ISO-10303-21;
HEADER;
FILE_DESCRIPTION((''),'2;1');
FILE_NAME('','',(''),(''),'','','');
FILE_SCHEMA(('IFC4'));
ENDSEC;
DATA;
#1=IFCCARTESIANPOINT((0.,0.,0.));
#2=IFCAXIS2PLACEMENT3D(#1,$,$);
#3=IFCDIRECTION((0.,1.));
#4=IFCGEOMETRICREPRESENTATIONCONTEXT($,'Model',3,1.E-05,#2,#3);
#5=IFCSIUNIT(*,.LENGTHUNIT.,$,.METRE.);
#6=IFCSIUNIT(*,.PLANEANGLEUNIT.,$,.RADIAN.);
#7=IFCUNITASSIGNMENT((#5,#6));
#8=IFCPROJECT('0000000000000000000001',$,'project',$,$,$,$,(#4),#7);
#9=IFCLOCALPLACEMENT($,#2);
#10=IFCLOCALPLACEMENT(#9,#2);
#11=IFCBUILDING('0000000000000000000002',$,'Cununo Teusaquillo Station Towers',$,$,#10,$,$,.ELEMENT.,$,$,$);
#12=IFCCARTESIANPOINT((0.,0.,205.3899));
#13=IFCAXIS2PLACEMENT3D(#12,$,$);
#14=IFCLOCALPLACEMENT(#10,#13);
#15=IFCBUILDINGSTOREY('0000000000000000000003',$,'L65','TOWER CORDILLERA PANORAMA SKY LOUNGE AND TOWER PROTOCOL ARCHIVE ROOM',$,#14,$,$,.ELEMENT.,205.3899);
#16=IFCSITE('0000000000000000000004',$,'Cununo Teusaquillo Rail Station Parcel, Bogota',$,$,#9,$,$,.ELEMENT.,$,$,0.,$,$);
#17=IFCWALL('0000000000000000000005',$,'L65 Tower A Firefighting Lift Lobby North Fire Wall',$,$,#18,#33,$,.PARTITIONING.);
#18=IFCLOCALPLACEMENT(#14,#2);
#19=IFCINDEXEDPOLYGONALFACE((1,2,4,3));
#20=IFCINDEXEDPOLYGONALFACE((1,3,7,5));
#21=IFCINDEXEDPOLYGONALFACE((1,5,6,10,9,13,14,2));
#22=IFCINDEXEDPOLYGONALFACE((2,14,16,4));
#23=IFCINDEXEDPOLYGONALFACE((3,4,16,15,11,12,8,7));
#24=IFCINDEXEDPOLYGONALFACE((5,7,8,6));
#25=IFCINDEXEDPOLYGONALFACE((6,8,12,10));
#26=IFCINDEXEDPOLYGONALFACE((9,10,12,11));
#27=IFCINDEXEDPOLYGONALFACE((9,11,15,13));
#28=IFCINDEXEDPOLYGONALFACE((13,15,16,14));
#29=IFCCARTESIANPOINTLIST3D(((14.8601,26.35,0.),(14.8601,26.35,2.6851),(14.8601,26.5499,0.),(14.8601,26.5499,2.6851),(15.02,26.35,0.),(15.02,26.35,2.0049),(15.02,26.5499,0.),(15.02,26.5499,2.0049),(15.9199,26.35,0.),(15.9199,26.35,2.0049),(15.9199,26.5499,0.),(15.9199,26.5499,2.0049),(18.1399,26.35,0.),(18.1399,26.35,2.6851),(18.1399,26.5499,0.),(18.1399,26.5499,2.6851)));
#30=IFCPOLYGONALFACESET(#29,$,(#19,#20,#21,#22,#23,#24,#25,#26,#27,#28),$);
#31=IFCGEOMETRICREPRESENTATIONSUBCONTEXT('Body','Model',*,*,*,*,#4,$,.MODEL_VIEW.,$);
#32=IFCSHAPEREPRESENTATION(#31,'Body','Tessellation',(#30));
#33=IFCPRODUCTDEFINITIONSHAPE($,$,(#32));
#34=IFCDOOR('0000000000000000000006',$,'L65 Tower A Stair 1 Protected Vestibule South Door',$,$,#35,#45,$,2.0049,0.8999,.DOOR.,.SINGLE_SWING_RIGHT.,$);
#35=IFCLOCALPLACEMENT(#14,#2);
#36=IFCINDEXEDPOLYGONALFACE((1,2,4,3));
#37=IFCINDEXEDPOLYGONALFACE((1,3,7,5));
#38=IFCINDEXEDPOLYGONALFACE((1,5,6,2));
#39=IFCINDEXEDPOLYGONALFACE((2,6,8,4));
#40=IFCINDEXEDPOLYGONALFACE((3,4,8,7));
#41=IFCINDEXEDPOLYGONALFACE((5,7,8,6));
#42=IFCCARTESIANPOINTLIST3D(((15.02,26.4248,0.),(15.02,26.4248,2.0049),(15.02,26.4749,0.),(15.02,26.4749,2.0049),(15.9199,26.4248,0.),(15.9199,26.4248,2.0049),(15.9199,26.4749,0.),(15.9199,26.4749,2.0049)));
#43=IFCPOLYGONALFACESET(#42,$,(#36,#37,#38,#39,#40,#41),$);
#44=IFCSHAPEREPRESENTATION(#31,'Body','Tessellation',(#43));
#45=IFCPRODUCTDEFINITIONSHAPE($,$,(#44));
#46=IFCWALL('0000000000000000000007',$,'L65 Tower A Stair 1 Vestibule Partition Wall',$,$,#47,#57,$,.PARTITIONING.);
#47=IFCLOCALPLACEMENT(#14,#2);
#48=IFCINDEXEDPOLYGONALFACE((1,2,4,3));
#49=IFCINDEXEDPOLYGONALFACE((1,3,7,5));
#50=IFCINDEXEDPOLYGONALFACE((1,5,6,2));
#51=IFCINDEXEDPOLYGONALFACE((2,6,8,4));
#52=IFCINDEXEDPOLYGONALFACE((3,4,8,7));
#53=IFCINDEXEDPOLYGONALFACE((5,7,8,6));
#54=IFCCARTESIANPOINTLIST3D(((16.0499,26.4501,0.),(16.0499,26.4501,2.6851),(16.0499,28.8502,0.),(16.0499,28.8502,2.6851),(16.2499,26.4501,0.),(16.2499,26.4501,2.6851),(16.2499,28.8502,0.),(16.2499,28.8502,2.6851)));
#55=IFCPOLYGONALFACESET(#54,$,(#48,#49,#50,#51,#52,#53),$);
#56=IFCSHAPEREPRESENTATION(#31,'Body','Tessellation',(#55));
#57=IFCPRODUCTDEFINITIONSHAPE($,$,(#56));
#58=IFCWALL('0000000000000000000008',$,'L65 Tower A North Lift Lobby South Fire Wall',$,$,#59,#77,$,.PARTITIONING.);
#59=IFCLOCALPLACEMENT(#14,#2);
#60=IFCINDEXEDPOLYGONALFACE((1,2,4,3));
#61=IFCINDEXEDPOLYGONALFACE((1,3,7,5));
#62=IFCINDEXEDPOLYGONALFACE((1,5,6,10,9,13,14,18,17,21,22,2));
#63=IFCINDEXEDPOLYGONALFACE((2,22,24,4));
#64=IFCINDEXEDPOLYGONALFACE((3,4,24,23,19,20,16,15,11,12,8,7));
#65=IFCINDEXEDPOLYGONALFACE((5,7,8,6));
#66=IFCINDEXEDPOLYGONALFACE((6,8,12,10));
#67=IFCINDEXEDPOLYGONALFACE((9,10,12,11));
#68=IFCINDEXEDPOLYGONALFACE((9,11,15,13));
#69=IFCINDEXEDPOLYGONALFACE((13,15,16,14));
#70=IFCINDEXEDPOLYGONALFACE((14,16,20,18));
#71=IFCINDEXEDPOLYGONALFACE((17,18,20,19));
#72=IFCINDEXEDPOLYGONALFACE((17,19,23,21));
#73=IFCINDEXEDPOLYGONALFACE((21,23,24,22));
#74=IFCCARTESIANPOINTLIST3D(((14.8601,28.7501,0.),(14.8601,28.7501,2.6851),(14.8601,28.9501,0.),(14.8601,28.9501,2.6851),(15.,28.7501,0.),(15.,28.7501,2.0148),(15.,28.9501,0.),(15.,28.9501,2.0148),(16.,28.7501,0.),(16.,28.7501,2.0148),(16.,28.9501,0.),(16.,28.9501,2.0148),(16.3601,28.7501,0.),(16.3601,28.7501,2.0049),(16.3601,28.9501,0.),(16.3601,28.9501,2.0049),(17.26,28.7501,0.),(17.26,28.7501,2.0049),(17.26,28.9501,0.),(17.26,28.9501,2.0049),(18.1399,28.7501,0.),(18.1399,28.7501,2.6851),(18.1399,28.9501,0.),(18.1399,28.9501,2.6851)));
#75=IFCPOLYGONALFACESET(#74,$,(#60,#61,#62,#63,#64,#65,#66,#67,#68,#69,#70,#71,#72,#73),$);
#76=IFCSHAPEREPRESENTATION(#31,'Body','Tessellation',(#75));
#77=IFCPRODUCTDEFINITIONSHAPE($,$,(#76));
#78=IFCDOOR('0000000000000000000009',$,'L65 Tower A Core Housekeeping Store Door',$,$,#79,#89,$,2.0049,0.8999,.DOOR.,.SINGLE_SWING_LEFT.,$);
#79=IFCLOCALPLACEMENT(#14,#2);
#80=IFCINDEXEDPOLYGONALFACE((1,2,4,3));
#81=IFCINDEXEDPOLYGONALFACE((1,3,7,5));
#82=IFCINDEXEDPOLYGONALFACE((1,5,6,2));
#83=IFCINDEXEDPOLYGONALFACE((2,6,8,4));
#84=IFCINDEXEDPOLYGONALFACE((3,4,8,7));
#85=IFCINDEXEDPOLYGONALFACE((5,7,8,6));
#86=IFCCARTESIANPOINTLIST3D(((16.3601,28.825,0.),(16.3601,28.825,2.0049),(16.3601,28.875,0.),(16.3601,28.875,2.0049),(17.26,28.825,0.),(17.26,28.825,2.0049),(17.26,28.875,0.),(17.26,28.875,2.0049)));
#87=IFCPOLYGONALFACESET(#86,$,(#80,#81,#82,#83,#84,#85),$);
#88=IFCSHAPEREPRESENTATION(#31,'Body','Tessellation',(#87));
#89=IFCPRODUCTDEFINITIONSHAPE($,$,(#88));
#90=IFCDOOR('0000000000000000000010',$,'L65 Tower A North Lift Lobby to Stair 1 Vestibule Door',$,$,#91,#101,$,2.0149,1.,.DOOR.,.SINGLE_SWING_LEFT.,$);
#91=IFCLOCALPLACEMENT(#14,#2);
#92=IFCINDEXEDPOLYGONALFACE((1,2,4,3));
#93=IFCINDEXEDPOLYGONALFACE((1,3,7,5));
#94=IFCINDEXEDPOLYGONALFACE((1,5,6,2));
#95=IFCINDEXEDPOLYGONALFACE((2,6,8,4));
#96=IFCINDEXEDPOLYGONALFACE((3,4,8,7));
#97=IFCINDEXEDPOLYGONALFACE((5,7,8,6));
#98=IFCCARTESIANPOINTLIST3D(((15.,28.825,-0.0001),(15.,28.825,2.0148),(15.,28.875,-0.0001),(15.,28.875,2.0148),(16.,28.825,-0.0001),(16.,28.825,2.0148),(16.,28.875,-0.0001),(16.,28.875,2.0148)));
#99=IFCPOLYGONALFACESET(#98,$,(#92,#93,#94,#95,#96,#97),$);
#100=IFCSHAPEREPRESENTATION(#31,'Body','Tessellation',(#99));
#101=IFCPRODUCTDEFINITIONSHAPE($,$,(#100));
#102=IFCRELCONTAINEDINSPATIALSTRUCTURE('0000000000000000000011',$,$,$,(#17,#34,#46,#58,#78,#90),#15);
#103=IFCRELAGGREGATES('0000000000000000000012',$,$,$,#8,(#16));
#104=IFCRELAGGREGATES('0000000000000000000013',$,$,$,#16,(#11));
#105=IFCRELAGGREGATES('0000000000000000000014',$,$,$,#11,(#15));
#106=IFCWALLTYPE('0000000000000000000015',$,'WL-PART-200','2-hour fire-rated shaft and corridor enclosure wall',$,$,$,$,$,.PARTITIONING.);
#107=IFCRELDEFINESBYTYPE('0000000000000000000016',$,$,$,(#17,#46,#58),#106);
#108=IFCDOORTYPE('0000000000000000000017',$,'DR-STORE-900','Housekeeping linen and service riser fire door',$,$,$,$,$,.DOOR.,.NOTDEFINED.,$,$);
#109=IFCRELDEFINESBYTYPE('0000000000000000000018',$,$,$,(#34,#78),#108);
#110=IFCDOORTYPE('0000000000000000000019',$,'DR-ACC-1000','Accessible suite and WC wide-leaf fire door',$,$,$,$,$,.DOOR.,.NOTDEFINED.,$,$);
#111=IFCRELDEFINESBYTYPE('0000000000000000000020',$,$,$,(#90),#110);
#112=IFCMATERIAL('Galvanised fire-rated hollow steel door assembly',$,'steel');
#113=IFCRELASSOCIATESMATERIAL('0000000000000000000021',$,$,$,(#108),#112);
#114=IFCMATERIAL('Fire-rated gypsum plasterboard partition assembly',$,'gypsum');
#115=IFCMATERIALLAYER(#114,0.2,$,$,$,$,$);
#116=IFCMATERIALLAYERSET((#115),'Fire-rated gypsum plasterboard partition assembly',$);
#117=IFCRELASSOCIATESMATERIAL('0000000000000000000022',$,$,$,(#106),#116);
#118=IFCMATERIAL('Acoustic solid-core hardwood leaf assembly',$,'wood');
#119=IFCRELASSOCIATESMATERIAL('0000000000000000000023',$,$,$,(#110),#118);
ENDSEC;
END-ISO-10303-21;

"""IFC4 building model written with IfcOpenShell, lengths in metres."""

from ifc_helpers import new_model, si_unit, direction, frame, frame_2d, origin, place, context, subcontext, project, spatial, rectangle, extrude, source, transform, mapped, material, layer, layer_set, type_object, element, fill, save


model = new_model("IFC4")

# Units and contexts
model_context = context("Model", 3, precision=1e-05, world=origin(), true_north=direction((0.0, 1.0)))
body_context = subcontext(model_context, "Body", "Model", "MODEL_VIEW")
ifc_project = project(units=[si_unit("LENGTHUNIT", "METRE"), si_unit("PLANEANGLEUNIT", "RADIAN")], contexts=[model_context])

# Site, building, storey
site_placement = place(None, origin())
site = spatial("IfcSite", under=ifc_project, at=site_placement, Name="Cununo Teusaquillo Rail Station Parcel, Bogota", CompositionType="ELEMENT", RefElevation=0.0)
building_placement = place(site_placement, origin())
building = spatial("IfcBuilding", under=site, at=building_placement, Name="Cununo Teusaquillo Station Towers", CompositionType="ELEMENT")
storey_placement = place(building_placement, frame((0.0, 0.0, 205.3899)))
storey = spatial("IfcBuildingStorey", under=building, at=storey_placement, Name="L65", Description="TOWER CORDILLERA PANORAMA SKY LOUNGE AND TOWER PROTOCOL ARCHIVE ROOM", CompositionType="ELEMENT", Elevation=205.3899)

# Shared definitions
ifc_material_1 = material(Name="Galvanised fire-rated hollow steel door assembly", Category="steel")
door_type_1 = type_object("IfcDoorType", Name="DR-STORE-900", Description="Housekeeping linen and service riser fire door", OperationType="NOTDEFINED", PredefinedType="DOOR", material=ifc_material_1)
shared_shape_1 = source(origin(), body_context, "Body", "SweptSolid", [
    extrude(rectangle(XDim=0.8999, YDim=2.0049, at=frame_2d((0.45, 1.0024))), frame((0.0, 0.0249, 0.0), z_axis=(0.0, -1.0, 0.0), x_axis=(1.0, 0.0, 0.0)), (0.0, 0.0, 1.0), 0.05),
])

# Wall, opening, door
ifc_material_2 = material(Name="Fire-rated gypsum plasterboard partition assembly", Category="gypsum")
ifc_layer_1 = layer(ifc_material_2, 0.2)
ifc_layer_set_1 = layer_set([ifc_layer_1], Name="Fire-rated gypsum plasterboard partition assembly")
wall_type_1 = type_object("IfcWallType", Name="WL-PART-200", Description="2-hour fire-rated shaft and corridor enclosure wall", PredefinedType="PARTITIONING", material=ifc_layer_set_1)
wall_1_placement = place(storey_placement, frame((14.8601, 26.45, 0.0), z_axis=(0.0, 0.0, 1.0), x_axis=(1.0, 0.0, 0.0)))
wall_1 = element("IfcWall", 1, at=wall_1_placement, inside=storey, type_object=wall_type_1, Name="L65 Tower A Firefighting Lift Lobby North Fire Wall", PredefinedType="PARTITIONING", context=body_context, shape_type="SweptSolid", body=[
    extrude(rectangle(XDim=3.2798, YDim=0.2, at=frame_2d((1.6399, 0.0))), origin(), (0.0, 0.0, 1.0), 2.6851),
])
shared_shape_2 = source(origin(), body_context, "Body", "SweptSolid", [
    extrude(rectangle(XDim=0.8999, YDim=2.0049, at=frame_2d((0.45, 1.0024))), frame((0.0, 0.1099, 0.0), z_axis=(0.0, -1.0, 0.0), x_axis=(1.0, 0.0, 0.0)), (0.0, 0.0, 1.0), 0.22),
])
opening_1_placement = place(wall_1_placement, frame((0.1599, 0.0, 0.0)))
opening_1 = element("IfcOpeningElement", 2, at=opening_1_placement, cuts=wall_1, PredefinedType="OPENING", context=body_context, shape_type="MappedRepresentation", body=[
    mapped(shared_shape_2, transform((0.0, 0.0, 0.0), x_axis=(1.0, 0.0, 0.0), y_axis=(0.0, 1.0, 0.0), z_axis=(0.0, 0.0, 1.0), scale=1.0)),
])
door_1_placement = place(opening_1_placement, origin())
door_1 = element("IfcDoor", 3, at=door_1_placement, inside=storey, type_object=door_type_1, Name="L65 Tower A Stair 1 Protected Vestibule South Door", OperationType="SINGLE_SWING_RIGHT", OverallHeight=2.0049, OverallWidth=0.8999, PredefinedType="DOOR", context=body_context, shape_type="MappedRepresentation", body=[
    mapped(shared_shape_1, transform((0.0, 0.0, 0.0), x_axis=(1.0, 0.0, 0.0), y_axis=(0.0, 1.0, 0.0), z_axis=(0.0, 0.0, 1.0), scale=1.0)),
])
fill(opening_1, door_1)

# Wall
wall_2_placement = place(storey_placement, frame((16.1499, 26.45, 0.0), z_axis=(0.0, 0.0, 1.0), x_axis=(0.0, 1.0, 0.0)))
element("IfcWall", 4, at=wall_2_placement, inside=storey, type_object=wall_type_1, Name="L65 Tower A Stair 1 Vestibule Partition Wall", PredefinedType="PARTITIONING", context=body_context, shape_type="SweptSolid", body=[
    extrude(rectangle(XDim=2.4001, YDim=0.2, at=frame_2d((1.2002, 0.0))), origin(), (0.0, 0.0, 1.0), 2.6851),
])

# Wall, openings, doors
wall_3_placement = place(storey_placement, frame((14.8601, 28.8501, 0.0), z_axis=(0.0, 0.0, 1.0), x_axis=(1.0, 0.0, 0.0)))
wall_3 = element("IfcWall", 5, at=wall_3_placement, inside=storey, type_object=wall_type_1, Name="L65 Tower A North Lift Lobby South Fire Wall", PredefinedType="PARTITIONING", context=body_context, shape_type="SweptSolid", body=[
    extrude(rectangle(XDim=3.2798, YDim=0.2, at=frame_2d((1.6399, 0.0))), origin(), (0.0, 0.0, 1.0), 2.6851),
])
shared_shape_3 = source(origin(), body_context, "Body", "SweptSolid", [
    extrude(rectangle(XDim=1.0, YDim=2.0149, at=frame_2d((0.5, 1.0073))), frame((0.0, 0.1099, 0.0), z_axis=(0.0, -1.0, 0.0), x_axis=(1.0, 0.0, 0.0)), (0.0, 0.0, 1.0), 0.22),
])
opening_2_placement = place(wall_3_placement, frame((0.1399, 0.0, 0.0)))
opening_2 = element("IfcOpeningElement", 6, at=opening_2_placement, cuts=wall_3, PredefinedType="OPENING", context=body_context, shape_type="MappedRepresentation", body=[
    mapped(shared_shape_3, transform((0.0, 0.0, 0.0), x_axis=(1.0, 0.0, 0.0), y_axis=(0.0, 1.0, 0.0), z_axis=(0.0, 0.0, 1.0), scale=1.0)),
])
opening_3_placement = place(wall_3_placement, frame((1.5, 0.0, 0.0)))
opening_3 = element("IfcOpeningElement", 7, at=opening_3_placement, cuts=wall_3, PredefinedType="OPENING", context=body_context, shape_type="MappedRepresentation", body=[
    mapped(shared_shape_2, transform((0.0, 0.0, 0.0), x_axis=(1.0, 0.0, 0.0), y_axis=(0.0, 1.0, 0.0), z_axis=(0.0, 0.0, 1.0), scale=1.0)),
])
door_2_placement = place(opening_3_placement, origin())
door_2 = element("IfcDoor", 8, at=door_2_placement, inside=storey, type_object=door_type_1, Name="L65 Tower A Core Housekeeping Store Door", OperationType="SINGLE_SWING_LEFT", OverallHeight=2.0049, OverallWidth=0.8999, PredefinedType="DOOR", context=body_context, shape_type="MappedRepresentation", body=[
    mapped(shared_shape_1, transform((0.0, 0.0, 0.0), x_axis=(1.0, 0.0, 0.0), y_axis=(0.0, 1.0, 0.0), z_axis=(0.0, 0.0, 1.0), scale=1.0)),
])
fill(opening_3, door_2)
ifc_material_3 = material(Name="Acoustic solid-core hardwood leaf assembly", Category="wood")
door_type_2 = type_object("IfcDoorType", Name="DR-ACC-1000", Description="Accessible suite and WC wide-leaf fire door", OperationType="NOTDEFINED", PredefinedType="DOOR", material=ifc_material_3)
shared_shape_4 = source(origin(), body_context, "Body", "SweptSolid", [
    extrude(rectangle(XDim=1.0, YDim=2.0149, at=frame_2d((0.5, 1.0073))), frame((0.0, 0.0249, 0.0), z_axis=(0.0, -1.0, 0.0), x_axis=(1.0, 0.0, 0.0)), (0.0, 0.0, 1.0), 0.05),
])
door_3_placement = place(opening_2_placement, origin())
door_3 = element("IfcDoor", 9, at=door_3_placement, inside=storey, type_object=door_type_2, Name="L65 Tower A North Lift Lobby to Stair 1 Vestibule Door", OperationType="SINGLE_SWING_LEFT", OverallHeight=2.0149, OverallWidth=1.0, PredefinedType="DOOR", context=body_context, shape_type="MappedRepresentation", body=[
    mapped(shared_shape_4, transform((0.0, 0.0, 0.0), x_axis=(1.0, 0.0, 0.0), y_axis=(0.0, 1.0, 0.0), z_axis=(0.0, 0.0, 1.0), scale=1.0)),
])
fill(opening_2, door_3)

save(model, "model.ifc")
